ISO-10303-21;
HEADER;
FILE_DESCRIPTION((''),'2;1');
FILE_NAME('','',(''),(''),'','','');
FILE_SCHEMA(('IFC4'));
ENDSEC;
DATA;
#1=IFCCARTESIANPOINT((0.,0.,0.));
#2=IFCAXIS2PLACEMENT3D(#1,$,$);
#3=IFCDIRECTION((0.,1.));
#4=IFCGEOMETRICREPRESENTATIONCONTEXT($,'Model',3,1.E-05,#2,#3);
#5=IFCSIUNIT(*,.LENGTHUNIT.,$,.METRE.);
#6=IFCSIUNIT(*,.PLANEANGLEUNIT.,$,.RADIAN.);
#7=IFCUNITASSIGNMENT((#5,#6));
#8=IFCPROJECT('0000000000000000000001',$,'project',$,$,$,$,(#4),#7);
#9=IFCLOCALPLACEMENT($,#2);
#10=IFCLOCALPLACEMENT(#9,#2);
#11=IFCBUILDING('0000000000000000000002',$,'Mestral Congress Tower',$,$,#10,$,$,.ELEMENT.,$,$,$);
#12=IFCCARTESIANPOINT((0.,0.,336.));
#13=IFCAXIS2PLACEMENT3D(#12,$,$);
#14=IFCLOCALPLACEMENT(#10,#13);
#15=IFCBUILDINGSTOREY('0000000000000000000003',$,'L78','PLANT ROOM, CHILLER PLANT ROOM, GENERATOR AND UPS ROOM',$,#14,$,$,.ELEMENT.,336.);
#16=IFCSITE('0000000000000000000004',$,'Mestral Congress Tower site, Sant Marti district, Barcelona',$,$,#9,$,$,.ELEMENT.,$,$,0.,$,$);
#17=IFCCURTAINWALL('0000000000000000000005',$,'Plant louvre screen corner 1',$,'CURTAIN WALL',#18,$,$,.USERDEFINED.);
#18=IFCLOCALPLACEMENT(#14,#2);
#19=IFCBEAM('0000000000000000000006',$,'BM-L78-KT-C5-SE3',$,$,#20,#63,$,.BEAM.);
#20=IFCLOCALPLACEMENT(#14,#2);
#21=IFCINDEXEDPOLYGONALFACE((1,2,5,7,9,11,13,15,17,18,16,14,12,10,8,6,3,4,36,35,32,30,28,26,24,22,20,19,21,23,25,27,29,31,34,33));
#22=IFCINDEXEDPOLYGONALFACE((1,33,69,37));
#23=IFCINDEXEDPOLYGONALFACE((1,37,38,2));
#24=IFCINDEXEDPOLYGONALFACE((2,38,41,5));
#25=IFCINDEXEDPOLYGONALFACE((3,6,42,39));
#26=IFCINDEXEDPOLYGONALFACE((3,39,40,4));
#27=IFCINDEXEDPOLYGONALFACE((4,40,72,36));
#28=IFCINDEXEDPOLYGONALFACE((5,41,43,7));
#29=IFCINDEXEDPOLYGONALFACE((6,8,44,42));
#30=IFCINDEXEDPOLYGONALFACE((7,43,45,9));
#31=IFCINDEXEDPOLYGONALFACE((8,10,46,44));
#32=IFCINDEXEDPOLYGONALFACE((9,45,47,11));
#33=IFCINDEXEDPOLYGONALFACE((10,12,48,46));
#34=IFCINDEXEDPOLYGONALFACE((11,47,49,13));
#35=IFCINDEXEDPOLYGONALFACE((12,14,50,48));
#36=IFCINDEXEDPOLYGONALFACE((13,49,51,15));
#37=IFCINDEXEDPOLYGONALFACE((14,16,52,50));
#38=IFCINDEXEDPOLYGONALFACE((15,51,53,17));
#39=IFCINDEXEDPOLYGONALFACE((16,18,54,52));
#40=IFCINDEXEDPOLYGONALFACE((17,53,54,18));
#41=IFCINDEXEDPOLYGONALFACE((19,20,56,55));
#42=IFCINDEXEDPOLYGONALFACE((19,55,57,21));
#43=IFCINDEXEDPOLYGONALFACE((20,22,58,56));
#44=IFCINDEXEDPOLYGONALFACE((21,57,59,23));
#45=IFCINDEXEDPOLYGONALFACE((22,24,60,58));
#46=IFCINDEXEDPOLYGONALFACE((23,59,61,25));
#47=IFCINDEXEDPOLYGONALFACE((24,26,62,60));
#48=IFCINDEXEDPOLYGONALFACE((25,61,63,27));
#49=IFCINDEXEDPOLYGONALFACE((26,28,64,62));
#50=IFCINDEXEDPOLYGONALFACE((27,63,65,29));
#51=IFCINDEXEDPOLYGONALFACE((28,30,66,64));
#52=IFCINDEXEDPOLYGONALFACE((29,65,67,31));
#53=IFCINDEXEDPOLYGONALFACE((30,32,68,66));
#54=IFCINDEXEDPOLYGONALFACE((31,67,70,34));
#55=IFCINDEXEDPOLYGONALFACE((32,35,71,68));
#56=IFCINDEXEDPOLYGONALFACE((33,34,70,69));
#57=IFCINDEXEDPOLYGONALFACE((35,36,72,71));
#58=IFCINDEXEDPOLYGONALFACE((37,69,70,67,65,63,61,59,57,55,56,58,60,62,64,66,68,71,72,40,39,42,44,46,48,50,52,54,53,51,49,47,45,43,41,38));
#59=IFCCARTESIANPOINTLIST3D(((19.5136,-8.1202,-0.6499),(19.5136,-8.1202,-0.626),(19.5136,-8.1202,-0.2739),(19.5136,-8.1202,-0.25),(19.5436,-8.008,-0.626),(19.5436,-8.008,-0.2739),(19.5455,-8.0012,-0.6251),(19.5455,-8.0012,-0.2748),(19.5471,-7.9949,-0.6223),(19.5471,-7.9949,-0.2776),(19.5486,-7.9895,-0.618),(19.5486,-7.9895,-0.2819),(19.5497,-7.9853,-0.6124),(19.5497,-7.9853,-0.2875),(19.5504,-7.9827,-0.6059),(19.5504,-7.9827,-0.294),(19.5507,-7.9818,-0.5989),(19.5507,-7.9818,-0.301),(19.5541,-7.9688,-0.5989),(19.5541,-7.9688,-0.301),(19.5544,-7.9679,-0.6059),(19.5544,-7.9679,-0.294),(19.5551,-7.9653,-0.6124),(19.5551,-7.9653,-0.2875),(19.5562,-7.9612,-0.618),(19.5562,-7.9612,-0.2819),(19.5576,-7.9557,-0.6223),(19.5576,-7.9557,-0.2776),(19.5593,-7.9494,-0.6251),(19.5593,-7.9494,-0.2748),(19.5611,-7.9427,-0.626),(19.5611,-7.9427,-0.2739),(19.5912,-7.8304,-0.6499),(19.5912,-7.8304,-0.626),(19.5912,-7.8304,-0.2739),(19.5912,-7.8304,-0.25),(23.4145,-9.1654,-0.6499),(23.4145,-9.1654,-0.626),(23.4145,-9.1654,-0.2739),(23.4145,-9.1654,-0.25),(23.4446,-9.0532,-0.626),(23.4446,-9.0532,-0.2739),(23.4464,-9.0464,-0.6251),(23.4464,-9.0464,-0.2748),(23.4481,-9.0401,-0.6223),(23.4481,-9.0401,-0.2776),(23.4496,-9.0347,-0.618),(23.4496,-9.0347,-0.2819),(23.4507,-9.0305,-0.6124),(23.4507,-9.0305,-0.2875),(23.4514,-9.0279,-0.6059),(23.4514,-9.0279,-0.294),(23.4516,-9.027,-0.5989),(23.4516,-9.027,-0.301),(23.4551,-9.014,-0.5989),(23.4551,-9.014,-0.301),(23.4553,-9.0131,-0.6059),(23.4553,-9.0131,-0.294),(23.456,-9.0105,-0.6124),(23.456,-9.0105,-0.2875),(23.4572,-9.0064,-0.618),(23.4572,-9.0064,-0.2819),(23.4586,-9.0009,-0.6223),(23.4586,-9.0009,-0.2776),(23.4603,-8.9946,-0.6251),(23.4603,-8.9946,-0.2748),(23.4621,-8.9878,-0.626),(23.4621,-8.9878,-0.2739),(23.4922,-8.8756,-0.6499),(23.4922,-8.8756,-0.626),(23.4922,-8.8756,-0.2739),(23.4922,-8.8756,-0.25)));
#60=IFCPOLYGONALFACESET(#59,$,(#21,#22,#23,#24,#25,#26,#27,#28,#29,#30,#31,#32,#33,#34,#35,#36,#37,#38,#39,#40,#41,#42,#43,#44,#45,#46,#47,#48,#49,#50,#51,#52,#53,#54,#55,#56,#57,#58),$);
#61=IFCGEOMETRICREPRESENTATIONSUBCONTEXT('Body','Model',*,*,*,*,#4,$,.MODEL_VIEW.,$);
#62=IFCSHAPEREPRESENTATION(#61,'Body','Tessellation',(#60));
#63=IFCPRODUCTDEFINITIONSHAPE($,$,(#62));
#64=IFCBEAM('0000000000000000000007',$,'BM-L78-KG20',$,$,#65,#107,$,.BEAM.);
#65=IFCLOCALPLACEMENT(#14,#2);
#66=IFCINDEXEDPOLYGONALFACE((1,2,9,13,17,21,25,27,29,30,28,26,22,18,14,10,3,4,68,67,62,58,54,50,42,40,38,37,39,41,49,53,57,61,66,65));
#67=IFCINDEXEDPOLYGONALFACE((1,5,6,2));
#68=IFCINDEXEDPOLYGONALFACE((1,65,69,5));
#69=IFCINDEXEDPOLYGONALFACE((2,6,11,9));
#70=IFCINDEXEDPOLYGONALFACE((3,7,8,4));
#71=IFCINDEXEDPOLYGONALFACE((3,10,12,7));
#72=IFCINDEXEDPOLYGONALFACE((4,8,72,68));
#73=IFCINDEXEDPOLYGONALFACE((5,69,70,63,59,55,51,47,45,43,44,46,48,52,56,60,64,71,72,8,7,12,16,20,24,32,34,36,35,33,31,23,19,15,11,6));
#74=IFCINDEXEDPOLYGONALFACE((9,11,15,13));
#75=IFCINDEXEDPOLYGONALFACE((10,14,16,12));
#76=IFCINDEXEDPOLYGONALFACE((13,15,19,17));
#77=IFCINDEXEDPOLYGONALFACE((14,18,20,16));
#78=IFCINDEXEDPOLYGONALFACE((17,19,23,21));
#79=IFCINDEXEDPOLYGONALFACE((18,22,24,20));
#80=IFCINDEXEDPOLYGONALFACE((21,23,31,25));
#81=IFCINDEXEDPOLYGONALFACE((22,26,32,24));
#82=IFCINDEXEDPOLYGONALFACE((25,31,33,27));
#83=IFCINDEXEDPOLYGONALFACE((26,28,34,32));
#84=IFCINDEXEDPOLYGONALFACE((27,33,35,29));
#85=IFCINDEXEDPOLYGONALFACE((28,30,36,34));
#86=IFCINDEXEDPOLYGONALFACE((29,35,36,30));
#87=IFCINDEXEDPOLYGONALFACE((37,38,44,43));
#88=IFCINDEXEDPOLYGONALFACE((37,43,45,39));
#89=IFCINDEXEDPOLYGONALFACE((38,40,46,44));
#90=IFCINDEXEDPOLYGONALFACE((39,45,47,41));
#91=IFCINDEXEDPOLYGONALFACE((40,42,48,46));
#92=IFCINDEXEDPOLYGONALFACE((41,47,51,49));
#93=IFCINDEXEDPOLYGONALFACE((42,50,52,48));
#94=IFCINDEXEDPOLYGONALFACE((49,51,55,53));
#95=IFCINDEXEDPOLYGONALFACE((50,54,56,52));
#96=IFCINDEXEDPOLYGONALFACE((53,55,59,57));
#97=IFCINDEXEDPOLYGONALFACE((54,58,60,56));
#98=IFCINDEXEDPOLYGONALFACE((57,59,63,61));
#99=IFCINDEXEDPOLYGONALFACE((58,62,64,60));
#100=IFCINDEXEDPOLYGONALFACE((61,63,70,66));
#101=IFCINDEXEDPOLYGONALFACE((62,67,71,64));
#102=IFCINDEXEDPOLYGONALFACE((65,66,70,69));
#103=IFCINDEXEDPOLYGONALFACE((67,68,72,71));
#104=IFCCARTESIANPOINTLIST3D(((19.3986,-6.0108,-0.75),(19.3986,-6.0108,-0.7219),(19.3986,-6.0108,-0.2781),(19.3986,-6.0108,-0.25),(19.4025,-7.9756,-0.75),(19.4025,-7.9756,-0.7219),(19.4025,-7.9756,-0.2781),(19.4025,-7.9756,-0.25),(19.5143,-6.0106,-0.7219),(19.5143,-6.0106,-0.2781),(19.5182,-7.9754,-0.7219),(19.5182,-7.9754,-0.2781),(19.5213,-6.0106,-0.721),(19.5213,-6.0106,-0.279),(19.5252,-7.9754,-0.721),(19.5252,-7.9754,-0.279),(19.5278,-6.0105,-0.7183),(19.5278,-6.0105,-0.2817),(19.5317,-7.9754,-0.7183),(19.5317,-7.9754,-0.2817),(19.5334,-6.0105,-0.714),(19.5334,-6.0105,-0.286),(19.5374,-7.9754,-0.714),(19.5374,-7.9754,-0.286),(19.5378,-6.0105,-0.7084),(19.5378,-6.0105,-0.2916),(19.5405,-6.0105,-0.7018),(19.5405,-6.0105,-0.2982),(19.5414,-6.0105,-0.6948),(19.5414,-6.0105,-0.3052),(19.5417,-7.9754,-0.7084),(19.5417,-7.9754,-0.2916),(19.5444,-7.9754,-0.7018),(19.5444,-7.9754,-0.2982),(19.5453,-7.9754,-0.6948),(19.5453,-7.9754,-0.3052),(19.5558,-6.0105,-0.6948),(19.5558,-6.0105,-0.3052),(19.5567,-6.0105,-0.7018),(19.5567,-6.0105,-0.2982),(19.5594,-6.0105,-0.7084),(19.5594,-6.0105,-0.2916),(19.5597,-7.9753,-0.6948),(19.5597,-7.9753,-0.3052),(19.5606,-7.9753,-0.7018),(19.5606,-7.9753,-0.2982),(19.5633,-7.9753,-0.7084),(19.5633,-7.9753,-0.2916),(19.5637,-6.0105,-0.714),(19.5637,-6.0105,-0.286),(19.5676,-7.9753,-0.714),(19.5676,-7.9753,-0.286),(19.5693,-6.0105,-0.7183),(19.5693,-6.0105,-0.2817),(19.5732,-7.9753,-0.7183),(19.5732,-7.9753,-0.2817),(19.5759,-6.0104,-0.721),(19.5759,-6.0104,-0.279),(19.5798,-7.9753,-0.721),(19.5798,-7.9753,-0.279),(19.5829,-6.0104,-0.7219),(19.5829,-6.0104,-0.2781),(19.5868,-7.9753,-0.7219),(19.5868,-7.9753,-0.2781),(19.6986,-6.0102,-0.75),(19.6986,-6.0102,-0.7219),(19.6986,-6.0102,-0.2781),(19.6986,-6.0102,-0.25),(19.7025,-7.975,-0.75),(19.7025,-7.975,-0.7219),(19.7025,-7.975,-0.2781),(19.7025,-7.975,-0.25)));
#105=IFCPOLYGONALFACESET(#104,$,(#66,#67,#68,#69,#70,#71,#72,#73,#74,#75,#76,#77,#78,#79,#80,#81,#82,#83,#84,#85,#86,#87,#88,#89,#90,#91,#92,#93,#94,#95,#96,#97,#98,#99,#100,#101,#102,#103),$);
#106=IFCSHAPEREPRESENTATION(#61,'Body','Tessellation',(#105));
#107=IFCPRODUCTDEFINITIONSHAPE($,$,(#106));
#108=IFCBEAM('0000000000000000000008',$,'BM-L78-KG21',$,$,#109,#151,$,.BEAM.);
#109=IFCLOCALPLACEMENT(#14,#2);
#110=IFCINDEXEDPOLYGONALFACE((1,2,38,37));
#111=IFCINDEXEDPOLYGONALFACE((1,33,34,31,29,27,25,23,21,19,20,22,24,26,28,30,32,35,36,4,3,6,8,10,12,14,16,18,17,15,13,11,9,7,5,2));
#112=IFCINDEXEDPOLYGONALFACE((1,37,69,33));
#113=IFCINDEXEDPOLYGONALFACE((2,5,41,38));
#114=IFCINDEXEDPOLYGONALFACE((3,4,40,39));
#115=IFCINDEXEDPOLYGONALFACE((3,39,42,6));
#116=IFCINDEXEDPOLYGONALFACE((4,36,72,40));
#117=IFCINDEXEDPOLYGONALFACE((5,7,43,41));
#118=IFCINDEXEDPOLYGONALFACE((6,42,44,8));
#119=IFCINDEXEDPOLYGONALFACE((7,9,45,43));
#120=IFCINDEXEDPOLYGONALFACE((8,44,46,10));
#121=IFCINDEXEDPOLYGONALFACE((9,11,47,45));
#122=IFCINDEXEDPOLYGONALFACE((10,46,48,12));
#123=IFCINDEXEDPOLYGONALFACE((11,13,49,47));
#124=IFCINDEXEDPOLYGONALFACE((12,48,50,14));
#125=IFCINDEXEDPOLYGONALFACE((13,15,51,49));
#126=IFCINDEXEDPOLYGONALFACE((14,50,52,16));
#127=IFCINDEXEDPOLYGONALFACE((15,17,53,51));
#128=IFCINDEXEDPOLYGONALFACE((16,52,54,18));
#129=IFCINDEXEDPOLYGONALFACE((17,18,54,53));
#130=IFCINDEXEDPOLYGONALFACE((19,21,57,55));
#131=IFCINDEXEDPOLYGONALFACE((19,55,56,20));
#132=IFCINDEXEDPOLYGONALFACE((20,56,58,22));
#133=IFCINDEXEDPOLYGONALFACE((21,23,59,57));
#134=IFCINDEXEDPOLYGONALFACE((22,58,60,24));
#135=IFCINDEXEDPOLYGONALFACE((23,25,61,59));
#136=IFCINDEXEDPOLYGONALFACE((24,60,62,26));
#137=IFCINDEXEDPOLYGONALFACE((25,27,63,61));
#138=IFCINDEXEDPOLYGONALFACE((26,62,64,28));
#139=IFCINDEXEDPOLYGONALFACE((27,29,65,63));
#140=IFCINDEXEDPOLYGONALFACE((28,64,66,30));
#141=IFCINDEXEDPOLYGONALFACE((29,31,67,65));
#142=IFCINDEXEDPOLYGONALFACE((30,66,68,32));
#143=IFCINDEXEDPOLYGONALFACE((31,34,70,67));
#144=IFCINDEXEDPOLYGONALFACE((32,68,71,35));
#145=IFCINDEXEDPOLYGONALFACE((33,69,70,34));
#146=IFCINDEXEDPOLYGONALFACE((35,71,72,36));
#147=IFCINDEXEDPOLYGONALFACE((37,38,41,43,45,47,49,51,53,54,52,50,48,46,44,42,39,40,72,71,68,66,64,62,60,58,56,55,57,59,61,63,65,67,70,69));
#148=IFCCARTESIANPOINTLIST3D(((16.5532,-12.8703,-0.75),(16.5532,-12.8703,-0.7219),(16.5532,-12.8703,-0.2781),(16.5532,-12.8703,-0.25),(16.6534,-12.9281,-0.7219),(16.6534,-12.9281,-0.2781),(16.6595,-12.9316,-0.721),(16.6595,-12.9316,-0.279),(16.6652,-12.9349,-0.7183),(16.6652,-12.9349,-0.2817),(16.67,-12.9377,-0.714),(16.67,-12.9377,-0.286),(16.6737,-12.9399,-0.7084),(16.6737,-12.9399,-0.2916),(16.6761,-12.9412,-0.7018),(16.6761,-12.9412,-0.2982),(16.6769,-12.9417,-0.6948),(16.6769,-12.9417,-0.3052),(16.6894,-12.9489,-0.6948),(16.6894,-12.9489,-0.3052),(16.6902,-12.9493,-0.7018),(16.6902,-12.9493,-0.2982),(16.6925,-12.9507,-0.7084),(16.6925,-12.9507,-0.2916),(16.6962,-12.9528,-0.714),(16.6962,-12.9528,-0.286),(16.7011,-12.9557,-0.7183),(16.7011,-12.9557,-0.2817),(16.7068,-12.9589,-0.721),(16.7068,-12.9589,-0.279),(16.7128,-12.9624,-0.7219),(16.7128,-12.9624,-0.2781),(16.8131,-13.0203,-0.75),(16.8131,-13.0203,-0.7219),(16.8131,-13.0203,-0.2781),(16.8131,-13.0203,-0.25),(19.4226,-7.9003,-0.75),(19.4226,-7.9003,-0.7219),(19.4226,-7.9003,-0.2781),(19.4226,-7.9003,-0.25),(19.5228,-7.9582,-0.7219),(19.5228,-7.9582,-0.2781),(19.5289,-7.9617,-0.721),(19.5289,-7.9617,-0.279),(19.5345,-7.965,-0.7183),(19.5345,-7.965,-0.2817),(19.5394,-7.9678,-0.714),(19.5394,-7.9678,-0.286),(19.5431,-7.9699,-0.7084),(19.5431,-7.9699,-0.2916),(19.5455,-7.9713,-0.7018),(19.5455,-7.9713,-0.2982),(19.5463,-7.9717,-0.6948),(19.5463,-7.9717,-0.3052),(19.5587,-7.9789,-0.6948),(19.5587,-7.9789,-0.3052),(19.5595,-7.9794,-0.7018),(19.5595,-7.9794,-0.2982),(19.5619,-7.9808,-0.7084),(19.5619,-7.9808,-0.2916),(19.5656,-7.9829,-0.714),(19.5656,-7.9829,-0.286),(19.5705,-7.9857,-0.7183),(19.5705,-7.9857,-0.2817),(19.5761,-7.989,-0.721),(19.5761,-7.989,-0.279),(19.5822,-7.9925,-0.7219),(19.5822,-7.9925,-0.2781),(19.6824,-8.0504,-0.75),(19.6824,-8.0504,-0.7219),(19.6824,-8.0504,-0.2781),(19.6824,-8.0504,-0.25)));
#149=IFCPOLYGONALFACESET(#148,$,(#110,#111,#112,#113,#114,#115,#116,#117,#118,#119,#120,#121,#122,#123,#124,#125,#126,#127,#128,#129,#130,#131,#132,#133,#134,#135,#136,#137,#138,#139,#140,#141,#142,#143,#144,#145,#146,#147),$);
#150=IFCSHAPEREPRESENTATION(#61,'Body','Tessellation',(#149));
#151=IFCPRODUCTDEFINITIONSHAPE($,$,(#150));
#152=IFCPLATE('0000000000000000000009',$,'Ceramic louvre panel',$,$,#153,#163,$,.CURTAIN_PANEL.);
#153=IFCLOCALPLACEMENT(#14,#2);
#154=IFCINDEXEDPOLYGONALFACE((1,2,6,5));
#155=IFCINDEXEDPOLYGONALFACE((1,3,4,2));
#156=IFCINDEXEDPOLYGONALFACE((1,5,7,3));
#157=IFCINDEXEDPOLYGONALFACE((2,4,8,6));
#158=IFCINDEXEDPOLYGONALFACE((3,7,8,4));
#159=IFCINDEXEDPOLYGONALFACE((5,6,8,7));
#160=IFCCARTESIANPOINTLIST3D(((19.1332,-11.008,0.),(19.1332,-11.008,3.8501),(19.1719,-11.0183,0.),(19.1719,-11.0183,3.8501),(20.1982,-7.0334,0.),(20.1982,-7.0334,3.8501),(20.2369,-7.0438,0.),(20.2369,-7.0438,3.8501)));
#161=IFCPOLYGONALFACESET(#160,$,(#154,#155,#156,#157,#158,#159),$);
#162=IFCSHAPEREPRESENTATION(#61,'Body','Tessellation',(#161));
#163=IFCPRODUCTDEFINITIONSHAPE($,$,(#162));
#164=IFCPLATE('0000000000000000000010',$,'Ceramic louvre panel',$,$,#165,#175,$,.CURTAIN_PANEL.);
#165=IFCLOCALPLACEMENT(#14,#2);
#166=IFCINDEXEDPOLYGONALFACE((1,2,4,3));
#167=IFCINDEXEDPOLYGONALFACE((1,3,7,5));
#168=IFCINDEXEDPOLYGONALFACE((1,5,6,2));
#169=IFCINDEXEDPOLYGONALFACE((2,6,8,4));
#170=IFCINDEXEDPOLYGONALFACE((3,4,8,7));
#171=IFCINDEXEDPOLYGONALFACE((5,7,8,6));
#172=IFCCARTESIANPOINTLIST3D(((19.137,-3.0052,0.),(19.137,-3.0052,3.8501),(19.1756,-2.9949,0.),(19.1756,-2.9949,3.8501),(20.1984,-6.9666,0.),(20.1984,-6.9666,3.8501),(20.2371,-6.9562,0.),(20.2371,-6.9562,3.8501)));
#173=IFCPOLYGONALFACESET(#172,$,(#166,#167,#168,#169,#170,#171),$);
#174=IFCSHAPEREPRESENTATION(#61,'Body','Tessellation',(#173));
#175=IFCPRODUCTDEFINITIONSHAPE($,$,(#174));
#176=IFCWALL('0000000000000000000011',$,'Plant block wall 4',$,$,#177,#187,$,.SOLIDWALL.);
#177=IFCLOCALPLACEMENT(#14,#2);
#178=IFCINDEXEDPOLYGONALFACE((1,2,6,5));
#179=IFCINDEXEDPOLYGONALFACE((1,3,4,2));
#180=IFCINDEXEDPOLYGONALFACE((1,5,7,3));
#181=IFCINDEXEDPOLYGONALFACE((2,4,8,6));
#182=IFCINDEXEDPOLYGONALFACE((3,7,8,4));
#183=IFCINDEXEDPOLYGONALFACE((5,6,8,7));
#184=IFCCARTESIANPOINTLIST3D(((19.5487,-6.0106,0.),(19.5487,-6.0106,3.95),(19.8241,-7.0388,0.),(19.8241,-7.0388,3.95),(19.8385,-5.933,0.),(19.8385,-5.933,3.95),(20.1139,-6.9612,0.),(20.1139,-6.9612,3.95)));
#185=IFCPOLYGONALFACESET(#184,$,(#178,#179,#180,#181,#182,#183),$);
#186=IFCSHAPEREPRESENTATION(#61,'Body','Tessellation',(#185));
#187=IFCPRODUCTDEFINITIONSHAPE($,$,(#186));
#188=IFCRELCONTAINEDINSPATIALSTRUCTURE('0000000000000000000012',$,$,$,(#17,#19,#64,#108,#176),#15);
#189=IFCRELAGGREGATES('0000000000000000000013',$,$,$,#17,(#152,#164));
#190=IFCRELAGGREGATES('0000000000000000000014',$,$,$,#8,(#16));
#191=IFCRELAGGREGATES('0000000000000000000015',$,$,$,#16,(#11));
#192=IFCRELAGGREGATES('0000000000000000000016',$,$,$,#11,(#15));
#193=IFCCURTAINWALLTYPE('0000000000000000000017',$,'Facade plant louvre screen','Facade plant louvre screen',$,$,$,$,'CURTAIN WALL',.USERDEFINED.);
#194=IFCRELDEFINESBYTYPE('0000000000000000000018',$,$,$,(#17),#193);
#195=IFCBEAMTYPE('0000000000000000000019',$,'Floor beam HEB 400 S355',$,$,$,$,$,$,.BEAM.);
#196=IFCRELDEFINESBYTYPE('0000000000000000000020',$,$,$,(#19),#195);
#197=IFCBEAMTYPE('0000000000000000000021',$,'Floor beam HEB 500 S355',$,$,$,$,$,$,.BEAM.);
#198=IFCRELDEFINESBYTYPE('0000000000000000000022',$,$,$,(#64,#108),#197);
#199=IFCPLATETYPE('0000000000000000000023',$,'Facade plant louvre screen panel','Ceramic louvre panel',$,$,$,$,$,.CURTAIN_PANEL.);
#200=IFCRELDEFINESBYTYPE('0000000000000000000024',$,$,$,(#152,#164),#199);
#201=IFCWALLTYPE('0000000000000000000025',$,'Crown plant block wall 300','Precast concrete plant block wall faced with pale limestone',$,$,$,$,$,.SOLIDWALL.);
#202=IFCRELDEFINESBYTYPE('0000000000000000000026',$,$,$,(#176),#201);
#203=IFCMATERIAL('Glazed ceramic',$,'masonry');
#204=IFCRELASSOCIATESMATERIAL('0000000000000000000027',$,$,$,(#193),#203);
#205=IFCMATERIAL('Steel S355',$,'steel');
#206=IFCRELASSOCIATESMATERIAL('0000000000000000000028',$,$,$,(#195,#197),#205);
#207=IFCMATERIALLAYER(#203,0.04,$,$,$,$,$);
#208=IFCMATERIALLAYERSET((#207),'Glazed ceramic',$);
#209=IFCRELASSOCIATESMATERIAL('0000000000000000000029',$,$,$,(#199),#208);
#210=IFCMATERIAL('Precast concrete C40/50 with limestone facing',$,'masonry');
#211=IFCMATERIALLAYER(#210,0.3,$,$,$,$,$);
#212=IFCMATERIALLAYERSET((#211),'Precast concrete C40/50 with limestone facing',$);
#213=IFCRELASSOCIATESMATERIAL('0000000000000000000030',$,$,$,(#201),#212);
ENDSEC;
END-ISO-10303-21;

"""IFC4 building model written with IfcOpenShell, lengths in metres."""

from ifc_helpers import new_model, si_unit, direction, frame, frame_2d, origin, origin_2d, place, context, subcontext, project, spatial, rectangle, i_section, extrude, material, layer, layer_set, material_profile, profile_set, type_object, element, aggregate, save


model = new_model("IFC4")

# Units and contexts
model_context = context("Model", 3, precision=1e-05, world=origin(), true_north=direction((0.0, 1.0)))
body_context = subcontext(model_context, "Body", "Model", "MODEL_VIEW")
ifc_project = project(units=[si_unit("LENGTHUNIT", "METRE"), si_unit("PLANEANGLEUNIT", "RADIAN")], contexts=[model_context])

# Site, building, storey
site_placement = place(None, origin())
site = spatial("IfcSite", under=ifc_project, at=site_placement, Name="Mestral Congress Tower site, Sant Marti district, Barcelona", CompositionType="ELEMENT", RefElevation=0.0)
building_placement = place(site_placement, origin())
building = spatial("IfcBuilding", under=site, at=building_placement, Name="Mestral Congress Tower", CompositionType="ELEMENT")
storey_placement = place(building_placement, frame((0.0, 0.0, 336.0)))
storey = spatial("IfcBuildingStorey", under=building, at=storey_placement, Name="L78", Description="PLANT ROOM, CHILLER PLANT ROOM, GENERATOR AND UPS ROOM", CompositionType="ELEMENT", Elevation=336.0)

# Shared definitions
ifc_material_1 = material(Name="Steel S355", Category="steel")

# Curtain wall
ifc_material_2 = material(Name="Glazed ceramic", Category="masonry")
curtain_wall_type = type_object("IfcCurtainWallType", Name="Facade plant louvre screen", Description="Facade plant louvre screen", ElementType="CURTAIN WALL", PredefinedType="USERDEFINED", material=ifc_material_2)
placement = place(storey_placement, origin())
curtain_wall_1 = element("IfcCurtainWall", 1, at=placement, inside=storey, type_object=curtain_wall_type, Name="Plant louvre screen corner 1", ObjectType="CURTAIN WALL", PredefinedType="USERDEFINED")

# Beams
ifc_material_profile_1 = material_profile(ifc_material_1, i_section(OverallWidth=0.3, OverallDepth=0.3999, WebThickness=0.0134, FlangeThickness=0.0239, FilletRadius=0.0271, at=origin_2d()), Name="HEB 400")
ifc_profile_set_1 = profile_set([ifc_material_profile_1], Name="Steel S355")
beam_type_1 = type_object("IfcBeamType", Name="Floor beam HEB 400 S355", PredefinedType="BEAM", material=ifc_profile_set_1)
beam_1_placement = place(storey_placement, frame((23.4534, -9.0205, -0.45), z_axis=(-0.96593, 0.258803, 0.0), x_axis=(-0.258803, -0.96593, 0.0)))
element("IfcBeam", 2, at=beam_1_placement, inside=storey, type_object=beam_type_1, Name="BM-L78-KT-C5-SE3", PredefinedType="BEAM", context=body_context, shape_type="SweptSolid", body=[
    extrude(i_section(OverallWidth=0.3, OverallDepth=0.3999, WebThickness=0.0134, FlangeThickness=0.0239, FilletRadius=0.0271, at=origin_2d()), origin(), (0.0, 0.0, 1.0), 4.0386),
])
ifc_material_profile_2 = material_profile(ifc_material_1, i_section(OverallWidth=0.3, OverallDepth=0.5, WebThickness=0.0144, FlangeThickness=0.0281, FilletRadius=0.0271, at=origin_2d()), Name="HEB 500")
ifc_profile_set_2 = profile_set([ifc_material_profile_2], Name="Steel S355")
beam_type_2 = type_object("IfcBeamType", Name="Floor beam HEB 500 S355", PredefinedType="BEAM", material=ifc_profile_set_2)
beam_2_placement = place(storey_placement, frame((19.5486, -6.0105, -0.5), z_axis=(0.001988, -0.999998, 0.0), x_axis=(0.999998, 0.001988, 0.0)))
element("IfcBeam", 3, at=beam_2_placement, inside=storey, type_object=beam_type_2, Name="BM-L78-KG20", PredefinedType="BEAM", context=body_context, shape_type="SweptSolid", body=[
    extrude(i_section(OverallWidth=0.3, OverallDepth=0.5, WebThickness=0.0144, FlangeThickness=0.0281, FilletRadius=0.0271, at=origin_2d()), origin(), (0.0, 0.0, 1.0), 1.9648),
])
beam_3_placement = place(storey_placement, frame((19.5525, -7.9753, -0.5), z_axis=(-0.499996, -0.866028, 0.0), x_axis=(0.866028, -0.499996, 0.0)))
element("IfcBeam", 4, at=beam_3_placement, inside=storey, type_object=beam_type_2, Name="BM-L78-KG21", PredefinedType="BEAM", context=body_context, shape_type="SweptSolid", body=[
    extrude(i_section(OverallWidth=0.3, OverallDepth=0.5, WebThickness=0.0144, FlangeThickness=0.0281, FilletRadius=0.0271, at=origin_2d()), origin(), (0.0, 0.0, 1.0), 5.7388),
])

# Plates
ifc_layer_1 = layer(ifc_material_2, 0.04)
ifc_layer_set_1 = layer_set([ifc_layer_1], Name="Glazed ceramic")
plate_type = type_object("IfcPlateType", Name="Facade plant louvre screen panel", Description="Ceramic louvre panel", PredefinedType="CURTAIN_PANEL", material=ifc_layer_set_1)
plate_1_placement = place(storey_placement, frame((19.6851, -9.0259, 0.0), z_axis=(0.0, 0.0, 1.0), x_axis=(0.258819, 0.965926, 0.0)))
plate_1 = element("IfcPlate", 5, at=plate_1_placement, type_object=plate_type, Name="Ceramic louvre panel", PredefinedType="CURTAIN_PANEL", context=body_context, shape_type="SweptSolid", body=[
    extrude(rectangle(XDim=4.1147, YDim=0.04, at=origin_2d()), origin(), (0.0, 0.0, 1.0), 3.8501),
])
plate_2_placement = place(storey_placement, frame((19.687, -4.9807, 0.0), z_axis=(0.0, 0.0, 1.0), x_axis=(-0.258819, 0.965926, 0.0)))
plate_2 = element("IfcPlate", 6, at=plate_2_placement, type_object=plate_type, Name="Ceramic louvre panel", PredefinedType="CURTAIN_PANEL", context=body_context, shape_type="SweptSolid", body=[
    extrude(rectangle(XDim=4.1011, YDim=0.04, at=origin_2d()), origin(), (0.0, 0.0, 1.0), 3.8501),
])
aggregate(curtain_wall_1, [plate_1, plate_2])

# Wall
ifc_material_3 = material(Name="Precast concrete C40/50 with limestone facing", Category="masonry")
ifc_layer_2 = layer(ifc_material_3, 0.3)
ifc_layer_set_2 = layer_set([ifc_layer_2], Name="Precast concrete C40/50 with limestone facing")
wall_type_1 = type_object("IfcWallType", Name="Crown plant block wall 300", Description="Precast concrete plant block wall faced with pale limestone", PredefinedType="SOLIDWALL", material=ifc_layer_set_2)
wall_1_placement = place(storey_placement, frame((19.969, -7.0, 0.0), z_axis=(0.0, 0.0, 1.0), x_axis=(-0.25869, 0.96596, 0.0)))
element("IfcWall", 7, at=wall_1_placement, inside=storey, type_object=wall_type_1, Name="Plant block wall 4", PredefinedType="SOLIDWALL", context=body_context, shape_type="SweptSolid", body=[
    extrude(rectangle(XDim=1.0645, YDim=0.3, at=frame_2d((0.5322, 0.0))), origin(), (0.0, 0.0, 1.0), 3.95),
])

save(model, "model.ifc")
